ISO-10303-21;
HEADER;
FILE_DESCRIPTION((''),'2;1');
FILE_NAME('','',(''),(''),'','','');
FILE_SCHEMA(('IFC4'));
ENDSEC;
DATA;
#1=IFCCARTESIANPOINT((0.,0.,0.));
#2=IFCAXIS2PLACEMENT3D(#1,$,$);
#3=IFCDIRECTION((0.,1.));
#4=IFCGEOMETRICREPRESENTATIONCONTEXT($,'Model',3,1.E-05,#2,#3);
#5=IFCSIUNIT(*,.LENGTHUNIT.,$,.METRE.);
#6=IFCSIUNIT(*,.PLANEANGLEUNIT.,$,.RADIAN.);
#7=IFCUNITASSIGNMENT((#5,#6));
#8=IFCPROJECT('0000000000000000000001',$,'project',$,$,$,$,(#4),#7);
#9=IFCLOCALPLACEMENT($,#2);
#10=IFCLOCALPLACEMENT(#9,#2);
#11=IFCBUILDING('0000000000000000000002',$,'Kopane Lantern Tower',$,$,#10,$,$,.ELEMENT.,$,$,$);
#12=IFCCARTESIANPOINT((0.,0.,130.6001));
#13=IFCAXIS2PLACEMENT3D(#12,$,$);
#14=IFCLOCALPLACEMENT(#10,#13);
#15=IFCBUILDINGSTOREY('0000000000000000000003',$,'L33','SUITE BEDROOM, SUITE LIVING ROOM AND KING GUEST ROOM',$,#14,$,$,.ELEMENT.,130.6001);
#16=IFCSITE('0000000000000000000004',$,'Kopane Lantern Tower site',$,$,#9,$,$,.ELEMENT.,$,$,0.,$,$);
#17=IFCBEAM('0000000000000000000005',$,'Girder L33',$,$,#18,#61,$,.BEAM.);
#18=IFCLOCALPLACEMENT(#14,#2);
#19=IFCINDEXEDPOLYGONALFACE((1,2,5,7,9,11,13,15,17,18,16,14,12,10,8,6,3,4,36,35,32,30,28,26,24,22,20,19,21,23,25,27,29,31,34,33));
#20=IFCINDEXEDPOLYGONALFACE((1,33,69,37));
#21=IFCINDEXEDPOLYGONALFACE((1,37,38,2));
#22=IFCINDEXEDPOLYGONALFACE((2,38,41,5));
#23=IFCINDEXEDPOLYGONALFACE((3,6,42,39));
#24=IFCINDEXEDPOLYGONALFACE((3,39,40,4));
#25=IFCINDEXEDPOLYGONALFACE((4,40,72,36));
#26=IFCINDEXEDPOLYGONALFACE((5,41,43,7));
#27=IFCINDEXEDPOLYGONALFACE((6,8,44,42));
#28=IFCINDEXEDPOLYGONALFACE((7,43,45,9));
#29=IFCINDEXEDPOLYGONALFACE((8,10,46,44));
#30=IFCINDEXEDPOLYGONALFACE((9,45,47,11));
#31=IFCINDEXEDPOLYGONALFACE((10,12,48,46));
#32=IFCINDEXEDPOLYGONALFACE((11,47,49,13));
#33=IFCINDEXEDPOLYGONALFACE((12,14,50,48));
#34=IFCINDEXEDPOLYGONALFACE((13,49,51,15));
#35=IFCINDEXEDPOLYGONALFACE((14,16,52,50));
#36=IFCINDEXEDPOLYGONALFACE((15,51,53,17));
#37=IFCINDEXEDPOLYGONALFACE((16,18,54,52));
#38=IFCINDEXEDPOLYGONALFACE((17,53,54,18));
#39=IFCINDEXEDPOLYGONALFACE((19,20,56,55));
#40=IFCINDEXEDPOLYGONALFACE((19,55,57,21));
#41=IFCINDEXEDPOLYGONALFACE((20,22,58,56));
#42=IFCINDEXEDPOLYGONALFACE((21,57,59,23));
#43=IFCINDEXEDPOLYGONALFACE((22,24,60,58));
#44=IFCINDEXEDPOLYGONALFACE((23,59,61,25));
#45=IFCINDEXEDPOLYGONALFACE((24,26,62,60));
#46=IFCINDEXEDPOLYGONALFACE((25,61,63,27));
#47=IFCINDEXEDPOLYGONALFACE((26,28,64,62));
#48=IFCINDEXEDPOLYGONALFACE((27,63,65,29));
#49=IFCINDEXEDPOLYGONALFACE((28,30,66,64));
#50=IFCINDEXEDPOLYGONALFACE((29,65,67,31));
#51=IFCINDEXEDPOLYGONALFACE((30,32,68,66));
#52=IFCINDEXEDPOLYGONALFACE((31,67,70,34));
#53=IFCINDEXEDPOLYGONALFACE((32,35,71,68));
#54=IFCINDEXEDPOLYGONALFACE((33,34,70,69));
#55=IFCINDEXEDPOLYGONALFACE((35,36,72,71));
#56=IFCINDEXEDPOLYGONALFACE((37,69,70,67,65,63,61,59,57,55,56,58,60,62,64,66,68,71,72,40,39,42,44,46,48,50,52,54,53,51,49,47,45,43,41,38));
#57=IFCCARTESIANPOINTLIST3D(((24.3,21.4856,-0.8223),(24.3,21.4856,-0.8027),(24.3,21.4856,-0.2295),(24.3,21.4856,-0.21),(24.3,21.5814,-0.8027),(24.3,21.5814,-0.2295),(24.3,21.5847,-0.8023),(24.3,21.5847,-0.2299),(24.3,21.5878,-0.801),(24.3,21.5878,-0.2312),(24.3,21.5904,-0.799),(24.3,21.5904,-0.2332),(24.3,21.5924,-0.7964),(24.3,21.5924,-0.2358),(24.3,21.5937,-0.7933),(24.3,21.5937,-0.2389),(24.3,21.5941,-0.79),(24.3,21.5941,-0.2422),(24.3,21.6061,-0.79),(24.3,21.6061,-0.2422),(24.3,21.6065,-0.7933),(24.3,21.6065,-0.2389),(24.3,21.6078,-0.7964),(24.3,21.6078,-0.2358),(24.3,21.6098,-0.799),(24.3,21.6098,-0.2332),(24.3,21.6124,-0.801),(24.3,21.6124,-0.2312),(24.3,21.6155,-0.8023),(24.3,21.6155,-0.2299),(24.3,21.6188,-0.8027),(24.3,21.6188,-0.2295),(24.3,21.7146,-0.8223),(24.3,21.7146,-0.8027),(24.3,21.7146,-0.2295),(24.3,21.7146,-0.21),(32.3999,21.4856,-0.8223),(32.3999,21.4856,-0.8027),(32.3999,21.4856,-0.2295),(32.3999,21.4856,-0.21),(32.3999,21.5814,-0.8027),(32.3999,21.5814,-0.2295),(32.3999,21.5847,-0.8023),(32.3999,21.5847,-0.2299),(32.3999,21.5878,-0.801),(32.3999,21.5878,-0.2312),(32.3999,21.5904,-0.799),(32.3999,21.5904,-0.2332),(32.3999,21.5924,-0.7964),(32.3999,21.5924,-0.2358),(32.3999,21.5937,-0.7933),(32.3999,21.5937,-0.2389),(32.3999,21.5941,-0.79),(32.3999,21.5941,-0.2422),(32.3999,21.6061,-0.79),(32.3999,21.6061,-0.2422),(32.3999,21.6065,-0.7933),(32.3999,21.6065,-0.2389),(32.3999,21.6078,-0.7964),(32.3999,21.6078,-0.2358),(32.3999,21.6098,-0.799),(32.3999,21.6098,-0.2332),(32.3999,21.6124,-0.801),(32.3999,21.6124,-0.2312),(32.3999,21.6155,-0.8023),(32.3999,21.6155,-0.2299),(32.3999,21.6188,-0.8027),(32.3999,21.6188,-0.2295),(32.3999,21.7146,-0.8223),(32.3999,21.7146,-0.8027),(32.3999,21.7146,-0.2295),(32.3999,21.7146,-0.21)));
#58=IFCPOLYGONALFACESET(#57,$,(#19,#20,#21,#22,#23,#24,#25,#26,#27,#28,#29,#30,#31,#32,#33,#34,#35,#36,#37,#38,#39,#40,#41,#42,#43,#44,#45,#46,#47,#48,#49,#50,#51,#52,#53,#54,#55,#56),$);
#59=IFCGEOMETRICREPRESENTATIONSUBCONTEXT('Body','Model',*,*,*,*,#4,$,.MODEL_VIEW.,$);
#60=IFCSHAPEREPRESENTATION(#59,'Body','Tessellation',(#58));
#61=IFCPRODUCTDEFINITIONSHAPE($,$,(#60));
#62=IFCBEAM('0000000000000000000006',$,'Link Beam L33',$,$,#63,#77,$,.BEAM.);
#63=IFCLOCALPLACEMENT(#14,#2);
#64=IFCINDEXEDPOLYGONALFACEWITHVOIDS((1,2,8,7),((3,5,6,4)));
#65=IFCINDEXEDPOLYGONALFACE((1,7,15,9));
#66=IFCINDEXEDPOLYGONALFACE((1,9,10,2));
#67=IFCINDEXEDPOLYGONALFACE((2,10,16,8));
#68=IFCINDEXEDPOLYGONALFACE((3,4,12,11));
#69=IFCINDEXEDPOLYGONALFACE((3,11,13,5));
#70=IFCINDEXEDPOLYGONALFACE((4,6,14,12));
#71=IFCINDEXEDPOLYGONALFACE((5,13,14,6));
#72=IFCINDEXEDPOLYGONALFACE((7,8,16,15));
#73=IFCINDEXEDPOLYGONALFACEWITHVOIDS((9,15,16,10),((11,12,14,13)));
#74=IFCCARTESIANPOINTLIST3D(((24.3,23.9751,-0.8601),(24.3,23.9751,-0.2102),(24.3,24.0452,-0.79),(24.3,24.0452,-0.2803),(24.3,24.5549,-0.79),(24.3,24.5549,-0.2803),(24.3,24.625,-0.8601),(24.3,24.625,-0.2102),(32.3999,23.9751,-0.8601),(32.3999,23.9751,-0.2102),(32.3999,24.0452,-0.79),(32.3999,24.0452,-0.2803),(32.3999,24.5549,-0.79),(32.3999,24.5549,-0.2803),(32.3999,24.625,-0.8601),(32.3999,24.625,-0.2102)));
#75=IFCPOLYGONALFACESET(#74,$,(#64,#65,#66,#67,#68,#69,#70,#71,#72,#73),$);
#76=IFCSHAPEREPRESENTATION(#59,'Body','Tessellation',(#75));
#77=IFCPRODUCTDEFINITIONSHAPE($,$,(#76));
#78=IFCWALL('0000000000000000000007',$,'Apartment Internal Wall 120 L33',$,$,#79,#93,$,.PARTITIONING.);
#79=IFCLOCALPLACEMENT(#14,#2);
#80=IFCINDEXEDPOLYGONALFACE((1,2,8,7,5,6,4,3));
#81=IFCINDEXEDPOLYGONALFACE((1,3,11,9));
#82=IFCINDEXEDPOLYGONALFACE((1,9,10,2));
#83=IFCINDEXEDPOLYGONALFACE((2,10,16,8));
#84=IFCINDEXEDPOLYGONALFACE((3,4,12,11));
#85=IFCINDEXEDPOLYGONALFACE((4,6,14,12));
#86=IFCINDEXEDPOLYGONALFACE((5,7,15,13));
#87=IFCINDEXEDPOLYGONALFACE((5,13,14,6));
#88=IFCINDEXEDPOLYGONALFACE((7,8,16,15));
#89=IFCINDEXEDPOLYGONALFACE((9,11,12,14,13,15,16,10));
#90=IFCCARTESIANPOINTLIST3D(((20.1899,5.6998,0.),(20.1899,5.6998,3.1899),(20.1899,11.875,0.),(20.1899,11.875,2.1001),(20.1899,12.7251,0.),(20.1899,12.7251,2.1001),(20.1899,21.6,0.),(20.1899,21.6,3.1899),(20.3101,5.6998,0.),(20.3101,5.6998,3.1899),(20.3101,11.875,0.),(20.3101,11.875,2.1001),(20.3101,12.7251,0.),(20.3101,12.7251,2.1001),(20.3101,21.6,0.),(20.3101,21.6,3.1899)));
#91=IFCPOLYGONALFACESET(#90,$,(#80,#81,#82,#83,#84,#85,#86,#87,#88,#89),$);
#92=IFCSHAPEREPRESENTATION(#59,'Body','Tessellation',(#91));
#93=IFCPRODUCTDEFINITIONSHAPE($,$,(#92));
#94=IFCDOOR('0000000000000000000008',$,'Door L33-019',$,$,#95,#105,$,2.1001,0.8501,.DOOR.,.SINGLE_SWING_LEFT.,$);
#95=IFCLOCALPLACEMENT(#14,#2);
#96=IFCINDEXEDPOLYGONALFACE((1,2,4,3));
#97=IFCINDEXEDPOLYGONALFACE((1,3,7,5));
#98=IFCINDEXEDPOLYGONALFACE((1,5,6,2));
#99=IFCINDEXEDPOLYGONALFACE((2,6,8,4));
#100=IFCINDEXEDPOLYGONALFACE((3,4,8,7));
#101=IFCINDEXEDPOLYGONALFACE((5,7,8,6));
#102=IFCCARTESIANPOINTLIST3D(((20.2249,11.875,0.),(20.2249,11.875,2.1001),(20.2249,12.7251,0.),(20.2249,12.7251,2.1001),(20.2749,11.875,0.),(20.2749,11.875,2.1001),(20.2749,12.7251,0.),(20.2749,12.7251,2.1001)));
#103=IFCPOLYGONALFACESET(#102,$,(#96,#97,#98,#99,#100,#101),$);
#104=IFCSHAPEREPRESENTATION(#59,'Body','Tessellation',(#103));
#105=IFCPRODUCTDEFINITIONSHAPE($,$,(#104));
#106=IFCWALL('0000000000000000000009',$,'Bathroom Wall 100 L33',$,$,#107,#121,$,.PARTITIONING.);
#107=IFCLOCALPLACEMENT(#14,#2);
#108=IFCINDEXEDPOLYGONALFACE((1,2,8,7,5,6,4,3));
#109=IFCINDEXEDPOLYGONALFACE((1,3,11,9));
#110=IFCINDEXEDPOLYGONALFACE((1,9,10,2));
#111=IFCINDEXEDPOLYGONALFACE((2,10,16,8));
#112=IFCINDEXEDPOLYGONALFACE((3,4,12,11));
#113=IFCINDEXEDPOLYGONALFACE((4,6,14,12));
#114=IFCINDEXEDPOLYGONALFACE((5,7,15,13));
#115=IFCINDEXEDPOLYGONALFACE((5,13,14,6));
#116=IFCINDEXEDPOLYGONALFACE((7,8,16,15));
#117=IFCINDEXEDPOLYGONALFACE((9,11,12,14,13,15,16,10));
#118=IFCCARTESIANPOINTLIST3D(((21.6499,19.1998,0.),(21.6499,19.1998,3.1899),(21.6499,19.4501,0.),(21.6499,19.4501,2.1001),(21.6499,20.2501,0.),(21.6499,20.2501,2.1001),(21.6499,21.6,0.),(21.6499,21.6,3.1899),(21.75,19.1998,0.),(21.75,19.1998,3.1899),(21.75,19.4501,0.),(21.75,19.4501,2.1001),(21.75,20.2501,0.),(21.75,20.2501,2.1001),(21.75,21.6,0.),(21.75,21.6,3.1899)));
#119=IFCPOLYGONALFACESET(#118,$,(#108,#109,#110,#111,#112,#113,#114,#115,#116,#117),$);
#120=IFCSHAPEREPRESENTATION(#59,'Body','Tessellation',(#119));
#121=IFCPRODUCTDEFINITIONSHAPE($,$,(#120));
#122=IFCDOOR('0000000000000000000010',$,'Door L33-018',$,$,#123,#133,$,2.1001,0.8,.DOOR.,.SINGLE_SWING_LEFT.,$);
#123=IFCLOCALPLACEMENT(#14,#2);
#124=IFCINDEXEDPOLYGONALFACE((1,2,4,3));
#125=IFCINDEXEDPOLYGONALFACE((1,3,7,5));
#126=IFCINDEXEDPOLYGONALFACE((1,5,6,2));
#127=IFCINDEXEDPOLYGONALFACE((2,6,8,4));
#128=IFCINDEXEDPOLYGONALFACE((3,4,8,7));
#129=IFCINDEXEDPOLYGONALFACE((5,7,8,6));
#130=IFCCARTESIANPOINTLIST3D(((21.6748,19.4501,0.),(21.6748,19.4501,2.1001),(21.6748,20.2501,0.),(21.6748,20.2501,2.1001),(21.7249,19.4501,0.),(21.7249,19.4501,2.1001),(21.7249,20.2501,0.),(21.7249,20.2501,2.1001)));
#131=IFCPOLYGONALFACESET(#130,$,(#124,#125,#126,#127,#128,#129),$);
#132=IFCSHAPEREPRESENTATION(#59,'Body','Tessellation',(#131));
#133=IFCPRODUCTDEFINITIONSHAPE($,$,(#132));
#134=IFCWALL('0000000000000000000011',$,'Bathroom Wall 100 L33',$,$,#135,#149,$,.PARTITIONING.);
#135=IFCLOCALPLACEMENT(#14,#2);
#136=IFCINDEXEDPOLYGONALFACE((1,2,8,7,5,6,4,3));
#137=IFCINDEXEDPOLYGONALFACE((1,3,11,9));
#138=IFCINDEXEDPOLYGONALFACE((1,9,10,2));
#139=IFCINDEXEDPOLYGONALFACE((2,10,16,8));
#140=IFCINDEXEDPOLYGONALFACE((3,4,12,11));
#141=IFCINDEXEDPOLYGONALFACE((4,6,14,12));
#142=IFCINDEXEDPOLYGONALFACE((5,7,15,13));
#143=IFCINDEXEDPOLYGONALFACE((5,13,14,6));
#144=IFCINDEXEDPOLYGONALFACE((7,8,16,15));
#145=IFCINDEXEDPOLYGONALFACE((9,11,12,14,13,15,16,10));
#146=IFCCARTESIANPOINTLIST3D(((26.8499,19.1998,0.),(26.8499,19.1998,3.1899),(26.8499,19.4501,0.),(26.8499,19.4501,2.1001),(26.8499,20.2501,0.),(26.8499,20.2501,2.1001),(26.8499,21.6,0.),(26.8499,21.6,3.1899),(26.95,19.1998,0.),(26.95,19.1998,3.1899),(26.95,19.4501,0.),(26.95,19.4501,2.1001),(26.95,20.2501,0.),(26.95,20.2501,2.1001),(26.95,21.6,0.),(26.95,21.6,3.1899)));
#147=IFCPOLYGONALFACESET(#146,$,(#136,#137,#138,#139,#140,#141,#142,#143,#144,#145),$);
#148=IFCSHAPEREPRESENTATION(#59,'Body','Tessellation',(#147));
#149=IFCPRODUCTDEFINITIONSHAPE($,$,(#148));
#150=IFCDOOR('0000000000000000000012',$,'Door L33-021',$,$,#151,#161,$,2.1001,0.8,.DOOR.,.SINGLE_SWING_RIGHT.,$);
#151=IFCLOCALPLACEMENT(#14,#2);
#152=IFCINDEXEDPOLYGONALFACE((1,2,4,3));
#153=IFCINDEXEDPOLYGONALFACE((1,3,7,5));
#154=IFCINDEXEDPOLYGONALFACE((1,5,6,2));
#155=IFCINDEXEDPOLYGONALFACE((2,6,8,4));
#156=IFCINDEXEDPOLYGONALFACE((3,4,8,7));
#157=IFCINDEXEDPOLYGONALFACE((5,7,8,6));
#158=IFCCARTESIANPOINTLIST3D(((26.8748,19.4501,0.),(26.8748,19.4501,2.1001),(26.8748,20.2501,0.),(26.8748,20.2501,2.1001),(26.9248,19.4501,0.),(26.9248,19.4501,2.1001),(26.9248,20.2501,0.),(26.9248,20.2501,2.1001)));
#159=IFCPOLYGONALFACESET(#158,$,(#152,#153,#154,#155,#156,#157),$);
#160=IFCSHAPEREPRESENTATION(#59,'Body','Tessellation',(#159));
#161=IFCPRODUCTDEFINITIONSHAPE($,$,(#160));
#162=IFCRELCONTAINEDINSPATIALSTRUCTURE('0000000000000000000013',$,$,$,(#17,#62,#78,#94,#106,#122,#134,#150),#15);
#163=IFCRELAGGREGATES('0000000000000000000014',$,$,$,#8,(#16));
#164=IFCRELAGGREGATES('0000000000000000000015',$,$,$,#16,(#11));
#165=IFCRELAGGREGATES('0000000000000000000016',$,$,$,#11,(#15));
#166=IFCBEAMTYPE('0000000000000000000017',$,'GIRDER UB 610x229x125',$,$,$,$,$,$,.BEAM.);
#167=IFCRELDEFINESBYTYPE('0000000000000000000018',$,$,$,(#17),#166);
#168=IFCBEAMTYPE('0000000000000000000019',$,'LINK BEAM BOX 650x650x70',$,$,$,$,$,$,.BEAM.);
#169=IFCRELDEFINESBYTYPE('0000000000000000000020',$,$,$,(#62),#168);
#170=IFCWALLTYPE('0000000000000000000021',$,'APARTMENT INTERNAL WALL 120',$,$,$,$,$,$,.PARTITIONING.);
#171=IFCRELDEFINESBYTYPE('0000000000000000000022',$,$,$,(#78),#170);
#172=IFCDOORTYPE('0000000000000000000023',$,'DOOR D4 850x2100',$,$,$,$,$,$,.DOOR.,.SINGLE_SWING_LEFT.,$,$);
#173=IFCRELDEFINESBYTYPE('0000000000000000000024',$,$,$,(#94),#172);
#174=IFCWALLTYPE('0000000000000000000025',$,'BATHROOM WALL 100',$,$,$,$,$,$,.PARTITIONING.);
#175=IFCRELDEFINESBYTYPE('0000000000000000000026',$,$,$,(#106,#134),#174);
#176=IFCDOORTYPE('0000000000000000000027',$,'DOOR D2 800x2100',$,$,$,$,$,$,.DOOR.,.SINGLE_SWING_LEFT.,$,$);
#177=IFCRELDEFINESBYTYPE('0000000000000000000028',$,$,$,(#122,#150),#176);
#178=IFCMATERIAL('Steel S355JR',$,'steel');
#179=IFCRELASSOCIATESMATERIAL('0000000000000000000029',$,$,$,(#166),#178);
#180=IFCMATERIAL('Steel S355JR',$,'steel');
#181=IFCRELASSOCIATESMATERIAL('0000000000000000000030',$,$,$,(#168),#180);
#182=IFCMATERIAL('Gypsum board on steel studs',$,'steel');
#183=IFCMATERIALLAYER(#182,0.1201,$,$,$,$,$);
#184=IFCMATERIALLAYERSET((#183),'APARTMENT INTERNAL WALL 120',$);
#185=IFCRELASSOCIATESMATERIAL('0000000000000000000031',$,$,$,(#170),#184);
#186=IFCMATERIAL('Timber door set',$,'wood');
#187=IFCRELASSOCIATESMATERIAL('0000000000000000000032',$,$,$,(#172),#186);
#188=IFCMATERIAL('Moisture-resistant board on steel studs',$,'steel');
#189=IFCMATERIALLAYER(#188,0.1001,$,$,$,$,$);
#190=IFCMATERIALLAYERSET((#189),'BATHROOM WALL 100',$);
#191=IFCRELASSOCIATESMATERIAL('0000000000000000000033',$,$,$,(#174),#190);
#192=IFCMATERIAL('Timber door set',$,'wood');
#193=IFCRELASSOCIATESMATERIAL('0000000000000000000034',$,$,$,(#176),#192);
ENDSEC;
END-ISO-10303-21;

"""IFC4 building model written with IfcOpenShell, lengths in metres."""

from ifc_helpers import new_model, si_unit, direction, frame, frame_2d, origin, origin_2d, place, context, subcontext, project, spatial, rectangle, hollow_rectangle, i_section, extrude, material, layer, layer_set, material_profile, profile_set, type_object, element, fill, save


model = new_model("IFC4")

# Units and contexts
model_context = context("Model", 3, precision=1e-05, world=origin(), true_north=direction((0.0, 1.0)))
body_context = subcontext(model_context, "Body", "Model", "MODEL_VIEW")
ifc_project = project(units=[si_unit("LENGTHUNIT", "METRE"), si_unit("PLANEANGLEUNIT", "RADIAN")], contexts=[model_context])

# Site, building, storey
site_placement = place(None, origin())
site = spatial("IfcSite", under=ifc_project, at=site_placement, Name="Kopane Lantern Tower site", CompositionType="ELEMENT", RefElevation=0.0)
building_placement = place(site_placement, origin())
building = spatial("IfcBuilding", under=site, at=building_placement, Name="Kopane Lantern Tower", CompositionType="ELEMENT")
storey_placement = place(building_placement, frame((0.0, 0.0, 130.6001)))
storey = spatial("IfcBuildingStorey", under=building, at=storey_placement, Name="L33", Description="SUITE BEDROOM, SUITE LIVING ROOM AND KING GUEST ROOM", CompositionType="ELEMENT", Elevation=130.6001)

# Beams
ifc_material_1 = material(Name="Steel S355JR", Category="steel")
ifc_material_profile_1 = material_profile(ifc_material_1, i_section(OverallWidth=0.229, OverallDepth=0.6123, WebThickness=0.012, FlangeThickness=0.0195, FilletRadius=0.0127, at=origin_2d()), Name="UB 610x229x125")
ifc_profile_set_1 = profile_set([ifc_material_profile_1], Name="Steel S355JR")
beam_type_1 = type_object("IfcBeamType", Name="GIRDER UB 610x229x125", PredefinedType="BEAM", material=ifc_profile_set_1)
beam_1_placement = place(storey_placement, frame((24.3, 21.6001, -0.5161), z_axis=(1.0, 0.0, 0.0), x_axis=(0.0, 1.0, 0.0)))
element("IfcBeam", 1, at=beam_1_placement, inside=storey, type_object=beam_type_1, Name="Girder L33", PredefinedType="BEAM", context=body_context, shape_type="SweptSolid", body=[
    extrude(i_section(OverallWidth=0.229, OverallDepth=0.6123, WebThickness=0.012, FlangeThickness=0.0195, FilletRadius=0.0127, at=origin_2d()), origin(), (0.0, 0.0, 1.0), 8.0999),
])
ifc_material_2 = material(Name="Steel S355JR", Category="steel")
ifc_material_profile_2 = material_profile(ifc_material_2, hollow_rectangle(XDim=0.6499, YDim=0.6499, WallThickness=0.0701, at=origin_2d()), Name="BOX 650x650x70")
ifc_profile_set_2 = profile_set([ifc_material_profile_2], Name="Steel S355JR")
beam_type_2 = type_object("IfcBeamType", Name="LINK BEAM BOX 650x650x70", PredefinedType="BEAM", material=ifc_profile_set_2)
beam_2_placement = place(storey_placement, frame((24.3, 24.3, -0.5352), z_axis=(1.0, 0.0, 0.0), x_axis=(0.0, 1.0, 0.0)))
element("IfcBeam", 2, at=beam_2_placement, inside=storey, type_object=beam_type_2, Name="Link Beam L33", PredefinedType="BEAM", context=body_context, shape_type="SweptSolid", body=[
    extrude(hollow_rectangle(XDim=0.6499, YDim=0.6499, WallThickness=0.0701, at=origin_2d()), origin(), (0.0, 0.0, 1.0), 8.0999),
])

# Walls, openings, doors
ifc_material_3 = material(Name="Gypsum board on steel studs", Category="steel")
ifc_layer_1 = layer(ifc_material_3, 0.1201)
ifc_layer_set_1 = layer_set([ifc_layer_1], Name="APARTMENT INTERNAL WALL 120")
wall_type_1 = type_object("IfcWallType", Name="APARTMENT INTERNAL WALL 120", PredefinedType="PARTITIONING", material=ifc_layer_set_1)
wall_1_placement = place(storey_placement, frame((20.25, 21.6001, 0.0), z_axis=(0.0, 0.0, 1.0), x_axis=(0.0, -1.0, 0.0)))
wall_1 = element("IfcWall", 3, at=wall_1_placement, inside=storey, type_object=wall_type_1, Name="Apartment Internal Wall 120 L33", PredefinedType="PARTITIONING", context=body_context, shape_type="SweptSolid", body=[
    extrude(rectangle(XDim=15.9001, YDim=0.1201, at=frame_2d((7.9502, 0.0))), origin(), (0.0, 0.0, 1.0), 3.1899),
])
opening_1_placement = place(wall_1_placement, frame((8.875, 0.0, 0.0)))
opening_1 = element("IfcOpeningElement", 4, at=opening_1_placement, cuts=wall_1, PredefinedType="OPENING", context=body_context, shape_type="SweptSolid", body=[
    extrude(rectangle(XDim=0.8501, YDim=2.1001, at=frame_2d((0.425, 1.05))), frame((0.0, 0.0701, 0.0), z_axis=(0.0, -1.0, 0.0), x_axis=(1.0, 0.0, 0.0)), (0.0, 0.0, 1.0), 0.1401),
])
ifc_material_4 = material(Name="Timber door set", Category="wood")
door_type_1 = type_object("IfcDoorType", Name="DOOR D4 850x2100", OperationType="SINGLE_SWING_LEFT", PredefinedType="DOOR", material=ifc_material_4)
door_1_placement = place(opening_1_placement, origin())
door_1 = element("IfcDoor", 5, at=door_1_placement, inside=storey, type_object=door_type_1, Name="Door L33-019", OperationType="SINGLE_SWING_LEFT", OverallHeight=2.1001, OverallWidth=0.8501, PredefinedType="DOOR", context=body_context, shape_type="SweptSolid", body=[
    extrude(rectangle(XDim=0.8501, YDim=2.1001, at=frame_2d((0.425, 1.05))), frame((0.0, 0.0249, 0.0), z_axis=(0.0, -1.0, 0.0), x_axis=(1.0, 0.0, 0.0)), (0.0, 0.0, 1.0), 0.05),
])
fill(opening_1, door_1)
ifc_material_5 = material(Name="Moisture-resistant board on steel studs", Category="steel")
ifc_layer_2 = layer(ifc_material_5, 0.1001)
ifc_layer_set_2 = layer_set([ifc_layer_2], Name="BATHROOM WALL 100")
wall_type_2 = type_object("IfcWallType", Name="BATHROOM WALL 100", PredefinedType="PARTITIONING", material=ifc_layer_set_2)
wall_2_placement = place(storey_placement, frame((21.7, 21.6001, 0.0), z_axis=(0.0, 0.0, 1.0), x_axis=(0.0, -1.0, 0.0)))
wall_2 = element("IfcWall", 6, at=wall_2_placement, inside=storey, type_object=wall_type_2, Name="Bathroom Wall 100 L33", PredefinedType="PARTITIONING", context=body_context, shape_type="SweptSolid", body=[
    extrude(rectangle(XDim=2.4001, YDim=0.1001, at=frame_2d((1.2002, 0.0))), origin(), (0.0, 0.0, 1.0), 3.1899),
])
opening_2_placement = place(wall_2_placement, frame((1.3501, 0.0, 0.0)))
opening_2 = element("IfcOpeningElement", 7, at=opening_2_placement, cuts=wall_2, PredefinedType="OPENING", context=body_context, shape_type="SweptSolid", body=[
    extrude(rectangle(XDim=0.8, YDim=2.1001, at=frame_2d((0.3999, 1.05))), frame((0.0, 0.0601, 0.0), z_axis=(0.0, -1.0, 0.0), x_axis=(1.0, 0.0, 0.0)), (0.0, 0.0, 1.0), 0.1201),
])
ifc_material_6 = material(Name="Timber door set", Category="wood")
door_type_2 = type_object("IfcDoorType", Name="DOOR D2 800x2100", OperationType="SINGLE_SWING_LEFT", PredefinedType="DOOR", material=ifc_material_6)
door_2_placement = place(opening_2_placement, origin())
door_2 = element("IfcDoor", 8, at=door_2_placement, inside=storey, type_object=door_type_2, Name="Door L33-018", OperationType="SINGLE_SWING_LEFT", OverallHeight=2.1001, OverallWidth=0.8, PredefinedType="DOOR", context=body_context, shape_type="SweptSolid", body=[
    extrude(rectangle(XDim=0.8, YDim=2.1001, at=frame_2d((0.3999, 1.05))), frame((0.0, 0.0249, 0.0), z_axis=(0.0, -1.0, 0.0), x_axis=(1.0, 0.0, 0.0)), (0.0, 0.0, 1.0), 0.05),
])
fill(opening_2, door_2)
wall_3_placement = place(storey_placement, frame((26.8999, 21.6001, 0.0), z_axis=(0.0, 0.0, 1.0), x_axis=(0.0, -1.0, 0.0)))
wall_3 = element("IfcWall", 9, at=wall_3_placement, inside=storey, type_object=wall_type_2, Name="Bathroom Wall 100 L33", PredefinedType="PARTITIONING", context=body_context, shape_type="SweptSolid", body=[
    extrude(rectangle(XDim=2.4001, YDim=0.1001, at=frame_2d((1.2002, 0.0))), origin(), (0.0, 0.0, 1.0), 3.1899),
])
opening_3_placement = place(wall_3_placement, frame((1.3501, 0.0, 0.0)))
opening_3 = element("IfcOpeningElement", 10, at=opening_3_placement, cuts=wall_3, PredefinedType="OPENING", context=body_context, shape_type="SweptSolid", body=[
    extrude(rectangle(XDim=0.8, YDim=2.1001, at=frame_2d((0.3999, 1.05))), frame((0.0, 0.0601, 0.0), z_axis=(0.0, -1.0, 0.0), x_axis=(1.0, 0.0, 0.0)), (0.0, 0.0, 1.0), 0.1201),
])
door_3_placement = place(opening_3_placement, origin())
door_3 = element("IfcDoor", 11, at=door_3_placement, inside=storey, type_object=door_type_2, Name="Door L33-021", OperationType="SINGLE_SWING_RIGHT", OverallHeight=2.1001, OverallWidth=0.8, PredefinedType="DOOR", context=body_context, shape_type="SweptSolid", body=[
    extrude(rectangle(XDim=0.8, YDim=2.1001, at=frame_2d((0.3999, 1.05))), frame((0.0, 0.0249, 0.0), z_axis=(0.0, -1.0, 0.0), x_axis=(1.0, 0.0, 0.0)), (0.0, 0.0, 1.0), 0.05),
])
fill(opening_3, door_3)

save(model, "model.ifc")
